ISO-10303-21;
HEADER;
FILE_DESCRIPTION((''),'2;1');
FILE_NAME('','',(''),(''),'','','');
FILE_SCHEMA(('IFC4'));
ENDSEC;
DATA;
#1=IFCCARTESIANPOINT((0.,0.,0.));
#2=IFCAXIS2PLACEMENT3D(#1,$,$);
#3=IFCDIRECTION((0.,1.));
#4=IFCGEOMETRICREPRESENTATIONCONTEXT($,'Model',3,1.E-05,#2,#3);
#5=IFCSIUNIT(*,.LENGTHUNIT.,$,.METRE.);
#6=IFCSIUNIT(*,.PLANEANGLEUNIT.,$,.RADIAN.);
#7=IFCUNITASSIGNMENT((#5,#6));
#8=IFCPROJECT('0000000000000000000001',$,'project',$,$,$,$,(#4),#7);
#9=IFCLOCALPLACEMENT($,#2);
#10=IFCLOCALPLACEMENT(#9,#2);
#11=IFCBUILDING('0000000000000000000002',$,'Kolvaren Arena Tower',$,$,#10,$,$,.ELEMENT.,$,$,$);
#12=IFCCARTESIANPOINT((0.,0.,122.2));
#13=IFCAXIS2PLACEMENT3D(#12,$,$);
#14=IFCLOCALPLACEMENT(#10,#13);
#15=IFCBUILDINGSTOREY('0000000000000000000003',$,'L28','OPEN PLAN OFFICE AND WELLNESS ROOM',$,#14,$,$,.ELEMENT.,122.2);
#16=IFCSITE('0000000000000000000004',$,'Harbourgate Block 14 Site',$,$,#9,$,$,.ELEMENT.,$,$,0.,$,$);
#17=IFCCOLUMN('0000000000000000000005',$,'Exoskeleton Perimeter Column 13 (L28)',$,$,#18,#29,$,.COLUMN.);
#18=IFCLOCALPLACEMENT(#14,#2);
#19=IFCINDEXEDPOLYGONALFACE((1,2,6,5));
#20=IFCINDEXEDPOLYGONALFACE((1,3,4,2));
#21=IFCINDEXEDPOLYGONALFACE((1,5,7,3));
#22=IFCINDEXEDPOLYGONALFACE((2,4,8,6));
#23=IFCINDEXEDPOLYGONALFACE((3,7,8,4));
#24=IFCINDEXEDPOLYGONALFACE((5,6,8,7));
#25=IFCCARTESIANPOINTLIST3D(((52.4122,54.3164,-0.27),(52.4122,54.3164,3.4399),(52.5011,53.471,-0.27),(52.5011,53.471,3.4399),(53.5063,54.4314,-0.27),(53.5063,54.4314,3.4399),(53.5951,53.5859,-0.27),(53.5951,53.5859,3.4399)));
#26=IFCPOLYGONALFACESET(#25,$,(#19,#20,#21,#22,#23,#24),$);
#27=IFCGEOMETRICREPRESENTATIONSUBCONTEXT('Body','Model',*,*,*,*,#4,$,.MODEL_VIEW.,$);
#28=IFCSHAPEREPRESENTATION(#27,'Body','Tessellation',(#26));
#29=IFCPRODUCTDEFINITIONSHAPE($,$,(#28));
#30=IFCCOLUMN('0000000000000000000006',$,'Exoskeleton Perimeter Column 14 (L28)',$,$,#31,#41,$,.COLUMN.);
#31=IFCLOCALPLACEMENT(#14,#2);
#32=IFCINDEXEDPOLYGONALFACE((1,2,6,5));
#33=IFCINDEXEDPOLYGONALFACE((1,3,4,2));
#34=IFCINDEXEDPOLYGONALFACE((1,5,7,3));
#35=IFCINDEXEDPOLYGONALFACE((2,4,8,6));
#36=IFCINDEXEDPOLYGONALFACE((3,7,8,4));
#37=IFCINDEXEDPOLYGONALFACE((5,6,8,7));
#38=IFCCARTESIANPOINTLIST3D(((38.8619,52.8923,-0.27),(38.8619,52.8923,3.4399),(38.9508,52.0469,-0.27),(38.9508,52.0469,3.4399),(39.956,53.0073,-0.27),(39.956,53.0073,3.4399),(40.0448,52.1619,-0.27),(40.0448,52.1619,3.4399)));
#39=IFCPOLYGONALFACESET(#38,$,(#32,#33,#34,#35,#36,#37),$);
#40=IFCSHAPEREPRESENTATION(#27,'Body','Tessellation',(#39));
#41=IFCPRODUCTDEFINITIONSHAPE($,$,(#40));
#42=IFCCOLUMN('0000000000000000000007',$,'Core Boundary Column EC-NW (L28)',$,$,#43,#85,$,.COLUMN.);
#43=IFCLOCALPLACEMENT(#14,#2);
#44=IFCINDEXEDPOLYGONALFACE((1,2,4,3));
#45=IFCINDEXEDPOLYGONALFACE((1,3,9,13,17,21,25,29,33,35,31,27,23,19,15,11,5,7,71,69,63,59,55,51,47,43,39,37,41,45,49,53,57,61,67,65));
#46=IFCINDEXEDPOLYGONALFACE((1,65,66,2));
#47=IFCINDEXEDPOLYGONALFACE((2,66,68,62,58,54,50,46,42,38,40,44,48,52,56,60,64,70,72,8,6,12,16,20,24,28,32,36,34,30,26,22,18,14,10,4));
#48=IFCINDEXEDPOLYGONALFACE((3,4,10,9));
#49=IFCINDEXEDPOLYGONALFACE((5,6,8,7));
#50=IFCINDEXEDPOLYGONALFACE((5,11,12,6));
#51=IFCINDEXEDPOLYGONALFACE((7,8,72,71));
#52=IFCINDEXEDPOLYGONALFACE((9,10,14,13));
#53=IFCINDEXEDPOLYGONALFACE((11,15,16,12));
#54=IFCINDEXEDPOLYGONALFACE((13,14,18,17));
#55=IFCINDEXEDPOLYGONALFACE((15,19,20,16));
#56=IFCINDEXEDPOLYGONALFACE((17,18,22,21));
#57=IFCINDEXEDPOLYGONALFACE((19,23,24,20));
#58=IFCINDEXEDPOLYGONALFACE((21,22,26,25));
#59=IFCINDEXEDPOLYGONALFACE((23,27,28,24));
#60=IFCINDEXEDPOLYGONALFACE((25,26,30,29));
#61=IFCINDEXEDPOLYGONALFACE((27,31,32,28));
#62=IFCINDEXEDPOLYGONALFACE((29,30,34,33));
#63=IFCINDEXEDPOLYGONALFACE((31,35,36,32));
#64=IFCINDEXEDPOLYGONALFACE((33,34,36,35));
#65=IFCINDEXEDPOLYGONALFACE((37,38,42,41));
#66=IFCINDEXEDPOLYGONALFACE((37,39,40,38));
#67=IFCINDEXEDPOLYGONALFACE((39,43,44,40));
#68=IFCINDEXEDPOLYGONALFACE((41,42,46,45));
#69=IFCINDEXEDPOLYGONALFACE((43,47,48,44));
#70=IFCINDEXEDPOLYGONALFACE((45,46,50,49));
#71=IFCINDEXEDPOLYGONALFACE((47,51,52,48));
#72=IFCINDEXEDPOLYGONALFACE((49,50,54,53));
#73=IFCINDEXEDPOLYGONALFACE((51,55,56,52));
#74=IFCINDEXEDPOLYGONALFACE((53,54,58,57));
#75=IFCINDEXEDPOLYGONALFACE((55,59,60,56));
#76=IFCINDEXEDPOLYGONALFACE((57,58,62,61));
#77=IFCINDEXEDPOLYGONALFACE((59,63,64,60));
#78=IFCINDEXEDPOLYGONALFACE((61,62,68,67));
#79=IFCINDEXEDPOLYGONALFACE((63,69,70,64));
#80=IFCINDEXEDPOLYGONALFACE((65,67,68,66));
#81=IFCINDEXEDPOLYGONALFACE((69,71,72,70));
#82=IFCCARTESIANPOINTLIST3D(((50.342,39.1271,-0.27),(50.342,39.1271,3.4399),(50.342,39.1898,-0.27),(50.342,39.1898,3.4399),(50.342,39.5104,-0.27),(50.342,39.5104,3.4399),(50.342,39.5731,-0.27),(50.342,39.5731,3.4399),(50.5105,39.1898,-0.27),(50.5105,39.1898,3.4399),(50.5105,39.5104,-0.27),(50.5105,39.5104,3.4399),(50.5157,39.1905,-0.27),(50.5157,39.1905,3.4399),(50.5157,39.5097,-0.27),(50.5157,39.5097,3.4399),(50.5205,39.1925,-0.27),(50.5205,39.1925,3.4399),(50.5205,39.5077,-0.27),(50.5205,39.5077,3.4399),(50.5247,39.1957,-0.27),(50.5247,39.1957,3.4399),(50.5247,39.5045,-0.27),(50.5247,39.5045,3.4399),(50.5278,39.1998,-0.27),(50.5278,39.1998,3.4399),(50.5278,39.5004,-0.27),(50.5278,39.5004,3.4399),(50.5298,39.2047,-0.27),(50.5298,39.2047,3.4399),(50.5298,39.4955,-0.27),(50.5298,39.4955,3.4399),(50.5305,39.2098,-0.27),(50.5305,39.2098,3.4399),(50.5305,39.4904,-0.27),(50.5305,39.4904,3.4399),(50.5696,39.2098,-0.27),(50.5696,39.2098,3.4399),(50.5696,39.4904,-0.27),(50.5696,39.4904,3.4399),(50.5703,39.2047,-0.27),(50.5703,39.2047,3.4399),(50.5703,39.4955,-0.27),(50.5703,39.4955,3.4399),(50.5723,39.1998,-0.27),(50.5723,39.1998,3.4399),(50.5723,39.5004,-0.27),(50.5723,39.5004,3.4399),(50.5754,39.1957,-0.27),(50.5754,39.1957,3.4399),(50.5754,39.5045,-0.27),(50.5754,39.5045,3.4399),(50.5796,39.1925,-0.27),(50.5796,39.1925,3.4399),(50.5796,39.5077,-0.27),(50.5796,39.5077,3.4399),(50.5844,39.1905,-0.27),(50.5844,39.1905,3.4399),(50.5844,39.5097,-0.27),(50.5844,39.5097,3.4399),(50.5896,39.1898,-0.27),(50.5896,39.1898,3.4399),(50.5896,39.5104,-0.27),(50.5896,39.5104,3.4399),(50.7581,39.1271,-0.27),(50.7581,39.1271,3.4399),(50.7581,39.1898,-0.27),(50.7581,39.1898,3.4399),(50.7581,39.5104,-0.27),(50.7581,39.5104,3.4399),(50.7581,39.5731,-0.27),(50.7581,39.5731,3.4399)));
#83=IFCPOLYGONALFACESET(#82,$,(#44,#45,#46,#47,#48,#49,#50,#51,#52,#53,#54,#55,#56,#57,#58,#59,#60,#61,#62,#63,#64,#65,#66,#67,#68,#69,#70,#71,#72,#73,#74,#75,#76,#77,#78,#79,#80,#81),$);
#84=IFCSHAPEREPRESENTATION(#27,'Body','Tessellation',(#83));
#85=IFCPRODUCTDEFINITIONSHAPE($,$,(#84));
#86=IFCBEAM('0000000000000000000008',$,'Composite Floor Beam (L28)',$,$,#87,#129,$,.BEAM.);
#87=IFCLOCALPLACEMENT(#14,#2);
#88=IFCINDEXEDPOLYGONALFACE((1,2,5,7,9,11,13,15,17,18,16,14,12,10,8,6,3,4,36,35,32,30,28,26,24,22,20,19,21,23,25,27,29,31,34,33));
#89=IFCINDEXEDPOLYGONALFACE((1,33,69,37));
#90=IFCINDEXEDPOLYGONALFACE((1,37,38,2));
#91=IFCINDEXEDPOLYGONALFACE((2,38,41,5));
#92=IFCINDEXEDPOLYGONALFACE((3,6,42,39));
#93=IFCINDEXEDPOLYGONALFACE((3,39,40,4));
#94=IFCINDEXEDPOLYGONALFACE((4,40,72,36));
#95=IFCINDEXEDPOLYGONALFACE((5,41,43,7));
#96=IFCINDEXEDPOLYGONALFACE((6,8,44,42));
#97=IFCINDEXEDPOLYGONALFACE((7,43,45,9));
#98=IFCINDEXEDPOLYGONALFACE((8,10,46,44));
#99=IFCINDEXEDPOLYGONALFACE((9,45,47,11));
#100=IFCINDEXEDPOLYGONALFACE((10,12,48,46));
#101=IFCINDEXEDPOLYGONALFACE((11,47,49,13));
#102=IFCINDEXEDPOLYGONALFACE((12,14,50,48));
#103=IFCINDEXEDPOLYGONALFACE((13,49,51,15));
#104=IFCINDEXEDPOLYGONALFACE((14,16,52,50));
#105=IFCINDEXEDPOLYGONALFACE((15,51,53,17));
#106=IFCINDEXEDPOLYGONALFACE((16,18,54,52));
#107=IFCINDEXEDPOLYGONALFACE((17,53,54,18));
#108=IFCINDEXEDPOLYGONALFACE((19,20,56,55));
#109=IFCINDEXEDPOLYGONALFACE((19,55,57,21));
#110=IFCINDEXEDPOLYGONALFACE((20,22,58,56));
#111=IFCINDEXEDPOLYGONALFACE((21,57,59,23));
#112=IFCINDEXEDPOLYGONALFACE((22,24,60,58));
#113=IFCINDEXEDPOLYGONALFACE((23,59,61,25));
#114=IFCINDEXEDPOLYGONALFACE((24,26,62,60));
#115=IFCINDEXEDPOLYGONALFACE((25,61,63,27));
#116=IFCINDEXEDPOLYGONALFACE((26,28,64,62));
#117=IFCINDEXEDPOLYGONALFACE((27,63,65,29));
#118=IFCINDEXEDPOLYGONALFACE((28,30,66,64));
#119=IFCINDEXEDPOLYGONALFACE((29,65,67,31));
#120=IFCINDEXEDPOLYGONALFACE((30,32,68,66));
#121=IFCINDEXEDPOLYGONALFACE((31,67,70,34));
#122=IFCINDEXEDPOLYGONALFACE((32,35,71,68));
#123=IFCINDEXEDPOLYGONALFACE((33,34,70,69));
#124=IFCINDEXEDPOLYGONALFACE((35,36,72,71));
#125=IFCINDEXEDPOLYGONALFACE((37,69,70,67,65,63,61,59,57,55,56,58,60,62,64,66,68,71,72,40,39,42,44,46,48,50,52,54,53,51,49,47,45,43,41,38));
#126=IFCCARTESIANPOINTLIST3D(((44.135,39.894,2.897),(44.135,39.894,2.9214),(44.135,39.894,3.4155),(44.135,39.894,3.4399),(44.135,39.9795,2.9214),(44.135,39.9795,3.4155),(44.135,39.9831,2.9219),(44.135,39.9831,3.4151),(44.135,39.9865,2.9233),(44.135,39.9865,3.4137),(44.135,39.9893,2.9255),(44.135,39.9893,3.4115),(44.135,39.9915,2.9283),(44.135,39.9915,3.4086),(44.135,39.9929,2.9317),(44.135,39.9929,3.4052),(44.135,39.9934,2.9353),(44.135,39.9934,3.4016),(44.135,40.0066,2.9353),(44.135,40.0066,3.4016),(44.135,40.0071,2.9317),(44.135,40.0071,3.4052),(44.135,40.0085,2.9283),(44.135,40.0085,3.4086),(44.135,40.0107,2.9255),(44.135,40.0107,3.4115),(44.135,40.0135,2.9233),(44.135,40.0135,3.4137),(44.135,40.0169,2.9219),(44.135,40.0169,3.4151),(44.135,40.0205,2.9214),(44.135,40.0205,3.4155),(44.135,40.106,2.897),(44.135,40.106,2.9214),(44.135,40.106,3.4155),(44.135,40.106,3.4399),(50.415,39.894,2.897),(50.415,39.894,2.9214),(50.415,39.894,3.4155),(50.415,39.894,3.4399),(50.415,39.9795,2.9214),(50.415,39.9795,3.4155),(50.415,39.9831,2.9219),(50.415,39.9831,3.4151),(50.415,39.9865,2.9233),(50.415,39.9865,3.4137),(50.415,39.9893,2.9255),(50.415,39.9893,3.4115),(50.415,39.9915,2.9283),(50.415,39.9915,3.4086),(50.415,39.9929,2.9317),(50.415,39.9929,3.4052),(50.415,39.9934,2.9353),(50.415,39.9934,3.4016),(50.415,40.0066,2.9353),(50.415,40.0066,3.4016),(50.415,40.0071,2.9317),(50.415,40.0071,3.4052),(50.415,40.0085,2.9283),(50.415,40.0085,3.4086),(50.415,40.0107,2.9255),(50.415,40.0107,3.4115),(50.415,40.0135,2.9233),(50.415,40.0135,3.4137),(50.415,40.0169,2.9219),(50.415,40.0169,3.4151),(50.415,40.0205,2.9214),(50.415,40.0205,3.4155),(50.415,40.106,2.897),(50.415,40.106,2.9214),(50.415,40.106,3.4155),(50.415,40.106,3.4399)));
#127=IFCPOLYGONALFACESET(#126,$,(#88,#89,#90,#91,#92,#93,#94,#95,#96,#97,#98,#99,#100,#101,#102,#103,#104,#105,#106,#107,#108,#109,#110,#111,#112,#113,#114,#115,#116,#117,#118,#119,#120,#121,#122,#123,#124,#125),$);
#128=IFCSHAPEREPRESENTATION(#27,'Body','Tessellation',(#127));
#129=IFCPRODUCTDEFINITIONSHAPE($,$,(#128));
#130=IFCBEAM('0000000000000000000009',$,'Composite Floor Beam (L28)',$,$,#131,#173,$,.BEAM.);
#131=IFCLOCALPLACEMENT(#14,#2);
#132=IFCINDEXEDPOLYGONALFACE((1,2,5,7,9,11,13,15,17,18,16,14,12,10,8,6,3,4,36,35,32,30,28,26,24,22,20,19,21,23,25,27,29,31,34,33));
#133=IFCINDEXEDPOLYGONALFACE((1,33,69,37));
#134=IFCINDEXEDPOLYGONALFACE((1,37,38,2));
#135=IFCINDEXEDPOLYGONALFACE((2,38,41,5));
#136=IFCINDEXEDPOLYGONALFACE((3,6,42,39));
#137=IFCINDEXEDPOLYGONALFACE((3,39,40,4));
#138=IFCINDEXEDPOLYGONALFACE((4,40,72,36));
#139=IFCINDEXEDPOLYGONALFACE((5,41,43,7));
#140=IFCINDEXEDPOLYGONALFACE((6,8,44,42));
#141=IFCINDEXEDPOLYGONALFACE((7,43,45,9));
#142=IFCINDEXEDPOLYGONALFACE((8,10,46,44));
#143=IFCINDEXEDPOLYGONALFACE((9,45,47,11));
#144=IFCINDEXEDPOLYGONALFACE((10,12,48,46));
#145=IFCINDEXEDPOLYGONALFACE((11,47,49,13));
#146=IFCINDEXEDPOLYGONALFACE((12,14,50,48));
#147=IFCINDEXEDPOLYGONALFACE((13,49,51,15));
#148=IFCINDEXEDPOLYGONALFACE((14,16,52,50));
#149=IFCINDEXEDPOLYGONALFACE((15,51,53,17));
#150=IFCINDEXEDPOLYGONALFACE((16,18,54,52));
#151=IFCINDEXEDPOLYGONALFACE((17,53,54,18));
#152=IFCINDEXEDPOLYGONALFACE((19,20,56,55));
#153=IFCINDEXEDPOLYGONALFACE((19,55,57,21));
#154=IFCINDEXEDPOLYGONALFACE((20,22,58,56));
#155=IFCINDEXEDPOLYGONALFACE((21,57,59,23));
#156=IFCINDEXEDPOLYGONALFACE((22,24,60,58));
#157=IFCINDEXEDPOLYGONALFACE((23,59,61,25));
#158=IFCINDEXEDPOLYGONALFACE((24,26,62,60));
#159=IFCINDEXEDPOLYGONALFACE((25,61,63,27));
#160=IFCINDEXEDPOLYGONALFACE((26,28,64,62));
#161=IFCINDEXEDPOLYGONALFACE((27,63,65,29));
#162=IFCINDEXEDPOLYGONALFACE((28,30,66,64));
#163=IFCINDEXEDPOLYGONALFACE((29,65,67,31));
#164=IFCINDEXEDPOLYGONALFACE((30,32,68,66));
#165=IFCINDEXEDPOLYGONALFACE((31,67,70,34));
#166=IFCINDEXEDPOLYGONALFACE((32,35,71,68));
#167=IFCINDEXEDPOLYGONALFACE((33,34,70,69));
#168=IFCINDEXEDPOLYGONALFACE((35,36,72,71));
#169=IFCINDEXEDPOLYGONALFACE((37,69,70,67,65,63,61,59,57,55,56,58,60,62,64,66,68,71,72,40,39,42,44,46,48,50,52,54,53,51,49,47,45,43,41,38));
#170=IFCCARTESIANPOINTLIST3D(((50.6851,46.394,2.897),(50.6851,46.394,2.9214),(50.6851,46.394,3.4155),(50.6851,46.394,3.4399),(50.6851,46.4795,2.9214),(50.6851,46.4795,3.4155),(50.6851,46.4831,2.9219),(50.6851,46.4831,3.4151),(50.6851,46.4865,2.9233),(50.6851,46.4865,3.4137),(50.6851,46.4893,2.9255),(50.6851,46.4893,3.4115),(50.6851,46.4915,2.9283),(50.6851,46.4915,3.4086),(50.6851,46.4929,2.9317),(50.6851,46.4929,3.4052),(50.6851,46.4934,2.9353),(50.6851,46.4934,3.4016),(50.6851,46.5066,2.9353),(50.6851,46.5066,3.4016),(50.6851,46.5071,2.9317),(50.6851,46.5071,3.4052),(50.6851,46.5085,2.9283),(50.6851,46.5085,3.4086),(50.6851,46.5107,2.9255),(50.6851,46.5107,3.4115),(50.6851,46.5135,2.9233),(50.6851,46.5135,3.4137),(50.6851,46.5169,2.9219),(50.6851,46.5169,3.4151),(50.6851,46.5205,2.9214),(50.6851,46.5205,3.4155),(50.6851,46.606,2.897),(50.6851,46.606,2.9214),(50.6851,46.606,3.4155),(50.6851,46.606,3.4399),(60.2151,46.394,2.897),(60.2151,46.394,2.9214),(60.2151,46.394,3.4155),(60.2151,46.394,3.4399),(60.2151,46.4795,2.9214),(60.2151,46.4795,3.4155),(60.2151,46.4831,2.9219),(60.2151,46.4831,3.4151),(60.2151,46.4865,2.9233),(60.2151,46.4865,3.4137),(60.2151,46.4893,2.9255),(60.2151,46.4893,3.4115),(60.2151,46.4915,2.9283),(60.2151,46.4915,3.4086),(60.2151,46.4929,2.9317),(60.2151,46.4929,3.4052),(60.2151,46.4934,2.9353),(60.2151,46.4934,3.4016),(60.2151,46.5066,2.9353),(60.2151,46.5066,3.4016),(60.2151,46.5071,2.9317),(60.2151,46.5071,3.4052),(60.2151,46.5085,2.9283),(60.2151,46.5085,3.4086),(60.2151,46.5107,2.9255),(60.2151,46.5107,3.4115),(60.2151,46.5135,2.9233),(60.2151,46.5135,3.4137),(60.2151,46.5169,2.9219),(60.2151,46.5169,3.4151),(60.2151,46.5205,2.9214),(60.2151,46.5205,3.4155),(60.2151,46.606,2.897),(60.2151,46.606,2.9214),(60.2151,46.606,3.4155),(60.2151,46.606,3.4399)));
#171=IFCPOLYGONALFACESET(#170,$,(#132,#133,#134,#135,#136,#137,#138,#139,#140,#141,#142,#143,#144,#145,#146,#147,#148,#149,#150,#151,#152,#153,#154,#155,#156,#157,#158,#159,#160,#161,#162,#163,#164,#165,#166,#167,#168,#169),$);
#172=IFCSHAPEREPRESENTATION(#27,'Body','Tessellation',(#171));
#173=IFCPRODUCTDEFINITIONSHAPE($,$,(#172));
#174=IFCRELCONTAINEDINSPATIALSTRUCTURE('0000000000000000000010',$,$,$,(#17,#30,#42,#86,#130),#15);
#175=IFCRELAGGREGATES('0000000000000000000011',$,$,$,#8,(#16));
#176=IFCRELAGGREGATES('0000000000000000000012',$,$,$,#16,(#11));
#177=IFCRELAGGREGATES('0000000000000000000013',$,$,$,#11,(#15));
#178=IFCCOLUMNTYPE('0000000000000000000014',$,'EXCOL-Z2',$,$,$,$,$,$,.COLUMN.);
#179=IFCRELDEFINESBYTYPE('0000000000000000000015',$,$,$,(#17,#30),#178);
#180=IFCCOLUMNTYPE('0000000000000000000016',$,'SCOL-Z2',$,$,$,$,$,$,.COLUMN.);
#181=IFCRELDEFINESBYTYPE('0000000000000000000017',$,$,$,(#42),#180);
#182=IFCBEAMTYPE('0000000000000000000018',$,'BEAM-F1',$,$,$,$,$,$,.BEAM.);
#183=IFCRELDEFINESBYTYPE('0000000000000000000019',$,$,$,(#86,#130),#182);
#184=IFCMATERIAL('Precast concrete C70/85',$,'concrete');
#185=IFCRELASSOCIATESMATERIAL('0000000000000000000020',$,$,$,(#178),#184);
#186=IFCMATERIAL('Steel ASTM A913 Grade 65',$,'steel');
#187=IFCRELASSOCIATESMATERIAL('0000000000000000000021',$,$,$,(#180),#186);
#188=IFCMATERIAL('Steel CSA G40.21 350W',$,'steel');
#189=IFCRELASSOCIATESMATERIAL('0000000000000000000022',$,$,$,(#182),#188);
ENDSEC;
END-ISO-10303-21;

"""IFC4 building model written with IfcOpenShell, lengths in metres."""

from ifc_helpers import new_model, si_unit, direction, frame, origin, origin_2d, place, context, subcontext, project, spatial, rectangle, i_section, extrude, material, material_profile, profile_set, type_object, element, save


model = new_model("IFC4")

# Units and contexts
model_context = context("Model", 3, precision=1e-05, world=origin(), true_north=direction((0.0, 1.0)))
body_context = subcontext(model_context, "Body", "Model", "MODEL_VIEW")
ifc_project = project(units=[si_unit("LENGTHUNIT", "METRE"), si_unit("PLANEANGLEUNIT", "RADIAN")], contexts=[model_context])

# Site, building, storey
site_placement = place(None, origin())
site = spatial("IfcSite", under=ifc_project, at=site_placement, Name="Harbourgate Block 14 Site", CompositionType="ELEMENT", RefElevation=0.0)
building_placement = place(site_placement, origin())
building = spatial("IfcBuilding", under=site, at=building_placement, Name="Kolvaren Arena Tower", CompositionType="ELEMENT")
storey_placement = place(building_placement, frame((0.0, 0.0, 122.2)))
storey = spatial("IfcBuildingStorey", under=building, at=storey_placement, Name="L28", Description="OPEN PLAN OFFICE AND WELLNESS ROOM", CompositionType="ELEMENT", Elevation=122.2)

# Columns
ifc_material_1 = material(Name="Precast concrete C70/85", Category="concrete")
ifc_material_profile_1 = material_profile(ifc_material_1, rectangle(XDim=1.1001, YDim=0.8501, at=origin_2d()), Name="RC-1100x850")
ifc_profile_set_1 = profile_set([ifc_material_profile_1], Name="Precast concrete C70/85")
column_type_1 = type_object("IfcColumnType", Name="EXCOL-Z2", PredefinedType="COLUMN", material=ifc_profile_set_1)
for number, where, z_axis, x_axis, name in (
    (1, (53.0037, 53.9512, -0.27), (0.0, 0.0, 1.0), (0.994522, 0.104528, 0.0), "Exoskeleton Perimeter Column 13 (L28)"),
    (2, (39.4534, 52.5271, -0.27), (0.0, 0.0, 1.0), (0.994522, 0.104528, 0.0), "Exoskeleton Perimeter Column 14 (L28)"),
):
    element("IfcColumn", number, at=place(storey_placement, frame(where, z_axis=z_axis, x_axis=x_axis)), inside=storey, type_object=column_type_1, Name=name, PredefinedType="COLUMN", context=body_context, shape_type="SweptSolid", body=[
        extrude(rectangle(XDim=1.1001, YDim=0.8501, at=origin_2d()), origin(), (0.0, 0.0, 1.0), 3.71),
    ])
ifc_material_2 = material(Name="Steel ASTM A913 Grade 65", Category="steel")
ifc_material_profile_2 = material_profile(ifc_material_2, i_section(OverallWidth=0.416, OverallDepth=0.446, WebThickness=0.0391, FlangeThickness=0.0627, FilletRadius=0.02, at=origin_2d()), Name="W360x509")
ifc_profile_set_2 = profile_set([ifc_material_profile_2], Name="Steel ASTM A913 Grade 65")
column_type_2 = type_object("IfcColumnType", Name="SCOL-Z2", PredefinedType="COLUMN", material=ifc_profile_set_2)
column_placement = place(storey_placement, frame((50.55, 39.3501, -0.27), z_axis=(0.0, 0.0, 1.0), x_axis=(1.0, 0.0, 0.0)))
element("IfcColumn", 3, at=column_placement, inside=storey, type_object=column_type_2, Name="Core Boundary Column EC-NW (L28)", PredefinedType="COLUMN", context=body_context, shape_type="SweptSolid", body=[
    extrude(i_section(OverallWidth=0.416, OverallDepth=0.446, WebThickness=0.0391, FlangeThickness=0.0627, FilletRadius=0.02, at=origin_2d()), origin(), (0.0, 0.0, 1.0), 3.71),
])

# Beams
ifc_material_3 = material(Name="Steel CSA G40.21 350W", Category="steel")
ifc_material_profile_3 = material_profile(ifc_material_3, i_section(OverallWidth=0.2119, OverallDepth=0.543, WebThickness=0.0132, FlangeThickness=0.0244, FilletRadius=0.0139, at=origin_2d()), Name="W530x150")
ifc_profile_set_3 = profile_set([ifc_material_profile_3], Name="Steel CSA G40.21 350W")
beam_type_1 = type_object("IfcBeamType", Name="BEAM-F1", PredefinedType="BEAM", material=ifc_profile_set_3)
beam_1_placement = place(storey_placement, frame((44.135, 40.0, 3.1685), z_axis=(1.0, 0.0, 0.0), x_axis=(0.0, 1.0, 0.0)))
element("IfcBeam", 4, at=beam_1_placement, inside=storey, type_object=beam_type_1, Name="Composite Floor Beam (L28)", PredefinedType="BEAM", context=body_context, shape_type="SweptSolid", body=[
    extrude(i_section(OverallWidth=0.2119, OverallDepth=0.543, WebThickness=0.0132, FlangeThickness=0.0244, FilletRadius=0.0139, at=origin_2d()), origin(), (0.0, 0.0, 1.0), 6.28),
])
for number, where, z_axis, x_axis, name in (
    (5, (50.6851, 46.5, 3.1685), (1.0, 0.0, 0.0), (0.0, 1.0, 0.0), "Composite Floor Beam (L28)"),
):
    element("IfcBeam", number, at=place(storey_placement, frame(where, z_axis=z_axis, x_axis=x_axis)), inside=storey, type_object=beam_type_1, Name=name, PredefinedType="BEAM", context=body_context, shape_type="SweptSolid", body=[
        extrude(i_section(OverallWidth=0.2119, OverallDepth=0.543, WebThickness=0.0132, FlangeThickness=0.0244, FilletRadius=0.0139, at=origin_2d()), origin(), (0.0, 0.0, 1.0), 9.53),
    ])

save(model, "model.ifc")
